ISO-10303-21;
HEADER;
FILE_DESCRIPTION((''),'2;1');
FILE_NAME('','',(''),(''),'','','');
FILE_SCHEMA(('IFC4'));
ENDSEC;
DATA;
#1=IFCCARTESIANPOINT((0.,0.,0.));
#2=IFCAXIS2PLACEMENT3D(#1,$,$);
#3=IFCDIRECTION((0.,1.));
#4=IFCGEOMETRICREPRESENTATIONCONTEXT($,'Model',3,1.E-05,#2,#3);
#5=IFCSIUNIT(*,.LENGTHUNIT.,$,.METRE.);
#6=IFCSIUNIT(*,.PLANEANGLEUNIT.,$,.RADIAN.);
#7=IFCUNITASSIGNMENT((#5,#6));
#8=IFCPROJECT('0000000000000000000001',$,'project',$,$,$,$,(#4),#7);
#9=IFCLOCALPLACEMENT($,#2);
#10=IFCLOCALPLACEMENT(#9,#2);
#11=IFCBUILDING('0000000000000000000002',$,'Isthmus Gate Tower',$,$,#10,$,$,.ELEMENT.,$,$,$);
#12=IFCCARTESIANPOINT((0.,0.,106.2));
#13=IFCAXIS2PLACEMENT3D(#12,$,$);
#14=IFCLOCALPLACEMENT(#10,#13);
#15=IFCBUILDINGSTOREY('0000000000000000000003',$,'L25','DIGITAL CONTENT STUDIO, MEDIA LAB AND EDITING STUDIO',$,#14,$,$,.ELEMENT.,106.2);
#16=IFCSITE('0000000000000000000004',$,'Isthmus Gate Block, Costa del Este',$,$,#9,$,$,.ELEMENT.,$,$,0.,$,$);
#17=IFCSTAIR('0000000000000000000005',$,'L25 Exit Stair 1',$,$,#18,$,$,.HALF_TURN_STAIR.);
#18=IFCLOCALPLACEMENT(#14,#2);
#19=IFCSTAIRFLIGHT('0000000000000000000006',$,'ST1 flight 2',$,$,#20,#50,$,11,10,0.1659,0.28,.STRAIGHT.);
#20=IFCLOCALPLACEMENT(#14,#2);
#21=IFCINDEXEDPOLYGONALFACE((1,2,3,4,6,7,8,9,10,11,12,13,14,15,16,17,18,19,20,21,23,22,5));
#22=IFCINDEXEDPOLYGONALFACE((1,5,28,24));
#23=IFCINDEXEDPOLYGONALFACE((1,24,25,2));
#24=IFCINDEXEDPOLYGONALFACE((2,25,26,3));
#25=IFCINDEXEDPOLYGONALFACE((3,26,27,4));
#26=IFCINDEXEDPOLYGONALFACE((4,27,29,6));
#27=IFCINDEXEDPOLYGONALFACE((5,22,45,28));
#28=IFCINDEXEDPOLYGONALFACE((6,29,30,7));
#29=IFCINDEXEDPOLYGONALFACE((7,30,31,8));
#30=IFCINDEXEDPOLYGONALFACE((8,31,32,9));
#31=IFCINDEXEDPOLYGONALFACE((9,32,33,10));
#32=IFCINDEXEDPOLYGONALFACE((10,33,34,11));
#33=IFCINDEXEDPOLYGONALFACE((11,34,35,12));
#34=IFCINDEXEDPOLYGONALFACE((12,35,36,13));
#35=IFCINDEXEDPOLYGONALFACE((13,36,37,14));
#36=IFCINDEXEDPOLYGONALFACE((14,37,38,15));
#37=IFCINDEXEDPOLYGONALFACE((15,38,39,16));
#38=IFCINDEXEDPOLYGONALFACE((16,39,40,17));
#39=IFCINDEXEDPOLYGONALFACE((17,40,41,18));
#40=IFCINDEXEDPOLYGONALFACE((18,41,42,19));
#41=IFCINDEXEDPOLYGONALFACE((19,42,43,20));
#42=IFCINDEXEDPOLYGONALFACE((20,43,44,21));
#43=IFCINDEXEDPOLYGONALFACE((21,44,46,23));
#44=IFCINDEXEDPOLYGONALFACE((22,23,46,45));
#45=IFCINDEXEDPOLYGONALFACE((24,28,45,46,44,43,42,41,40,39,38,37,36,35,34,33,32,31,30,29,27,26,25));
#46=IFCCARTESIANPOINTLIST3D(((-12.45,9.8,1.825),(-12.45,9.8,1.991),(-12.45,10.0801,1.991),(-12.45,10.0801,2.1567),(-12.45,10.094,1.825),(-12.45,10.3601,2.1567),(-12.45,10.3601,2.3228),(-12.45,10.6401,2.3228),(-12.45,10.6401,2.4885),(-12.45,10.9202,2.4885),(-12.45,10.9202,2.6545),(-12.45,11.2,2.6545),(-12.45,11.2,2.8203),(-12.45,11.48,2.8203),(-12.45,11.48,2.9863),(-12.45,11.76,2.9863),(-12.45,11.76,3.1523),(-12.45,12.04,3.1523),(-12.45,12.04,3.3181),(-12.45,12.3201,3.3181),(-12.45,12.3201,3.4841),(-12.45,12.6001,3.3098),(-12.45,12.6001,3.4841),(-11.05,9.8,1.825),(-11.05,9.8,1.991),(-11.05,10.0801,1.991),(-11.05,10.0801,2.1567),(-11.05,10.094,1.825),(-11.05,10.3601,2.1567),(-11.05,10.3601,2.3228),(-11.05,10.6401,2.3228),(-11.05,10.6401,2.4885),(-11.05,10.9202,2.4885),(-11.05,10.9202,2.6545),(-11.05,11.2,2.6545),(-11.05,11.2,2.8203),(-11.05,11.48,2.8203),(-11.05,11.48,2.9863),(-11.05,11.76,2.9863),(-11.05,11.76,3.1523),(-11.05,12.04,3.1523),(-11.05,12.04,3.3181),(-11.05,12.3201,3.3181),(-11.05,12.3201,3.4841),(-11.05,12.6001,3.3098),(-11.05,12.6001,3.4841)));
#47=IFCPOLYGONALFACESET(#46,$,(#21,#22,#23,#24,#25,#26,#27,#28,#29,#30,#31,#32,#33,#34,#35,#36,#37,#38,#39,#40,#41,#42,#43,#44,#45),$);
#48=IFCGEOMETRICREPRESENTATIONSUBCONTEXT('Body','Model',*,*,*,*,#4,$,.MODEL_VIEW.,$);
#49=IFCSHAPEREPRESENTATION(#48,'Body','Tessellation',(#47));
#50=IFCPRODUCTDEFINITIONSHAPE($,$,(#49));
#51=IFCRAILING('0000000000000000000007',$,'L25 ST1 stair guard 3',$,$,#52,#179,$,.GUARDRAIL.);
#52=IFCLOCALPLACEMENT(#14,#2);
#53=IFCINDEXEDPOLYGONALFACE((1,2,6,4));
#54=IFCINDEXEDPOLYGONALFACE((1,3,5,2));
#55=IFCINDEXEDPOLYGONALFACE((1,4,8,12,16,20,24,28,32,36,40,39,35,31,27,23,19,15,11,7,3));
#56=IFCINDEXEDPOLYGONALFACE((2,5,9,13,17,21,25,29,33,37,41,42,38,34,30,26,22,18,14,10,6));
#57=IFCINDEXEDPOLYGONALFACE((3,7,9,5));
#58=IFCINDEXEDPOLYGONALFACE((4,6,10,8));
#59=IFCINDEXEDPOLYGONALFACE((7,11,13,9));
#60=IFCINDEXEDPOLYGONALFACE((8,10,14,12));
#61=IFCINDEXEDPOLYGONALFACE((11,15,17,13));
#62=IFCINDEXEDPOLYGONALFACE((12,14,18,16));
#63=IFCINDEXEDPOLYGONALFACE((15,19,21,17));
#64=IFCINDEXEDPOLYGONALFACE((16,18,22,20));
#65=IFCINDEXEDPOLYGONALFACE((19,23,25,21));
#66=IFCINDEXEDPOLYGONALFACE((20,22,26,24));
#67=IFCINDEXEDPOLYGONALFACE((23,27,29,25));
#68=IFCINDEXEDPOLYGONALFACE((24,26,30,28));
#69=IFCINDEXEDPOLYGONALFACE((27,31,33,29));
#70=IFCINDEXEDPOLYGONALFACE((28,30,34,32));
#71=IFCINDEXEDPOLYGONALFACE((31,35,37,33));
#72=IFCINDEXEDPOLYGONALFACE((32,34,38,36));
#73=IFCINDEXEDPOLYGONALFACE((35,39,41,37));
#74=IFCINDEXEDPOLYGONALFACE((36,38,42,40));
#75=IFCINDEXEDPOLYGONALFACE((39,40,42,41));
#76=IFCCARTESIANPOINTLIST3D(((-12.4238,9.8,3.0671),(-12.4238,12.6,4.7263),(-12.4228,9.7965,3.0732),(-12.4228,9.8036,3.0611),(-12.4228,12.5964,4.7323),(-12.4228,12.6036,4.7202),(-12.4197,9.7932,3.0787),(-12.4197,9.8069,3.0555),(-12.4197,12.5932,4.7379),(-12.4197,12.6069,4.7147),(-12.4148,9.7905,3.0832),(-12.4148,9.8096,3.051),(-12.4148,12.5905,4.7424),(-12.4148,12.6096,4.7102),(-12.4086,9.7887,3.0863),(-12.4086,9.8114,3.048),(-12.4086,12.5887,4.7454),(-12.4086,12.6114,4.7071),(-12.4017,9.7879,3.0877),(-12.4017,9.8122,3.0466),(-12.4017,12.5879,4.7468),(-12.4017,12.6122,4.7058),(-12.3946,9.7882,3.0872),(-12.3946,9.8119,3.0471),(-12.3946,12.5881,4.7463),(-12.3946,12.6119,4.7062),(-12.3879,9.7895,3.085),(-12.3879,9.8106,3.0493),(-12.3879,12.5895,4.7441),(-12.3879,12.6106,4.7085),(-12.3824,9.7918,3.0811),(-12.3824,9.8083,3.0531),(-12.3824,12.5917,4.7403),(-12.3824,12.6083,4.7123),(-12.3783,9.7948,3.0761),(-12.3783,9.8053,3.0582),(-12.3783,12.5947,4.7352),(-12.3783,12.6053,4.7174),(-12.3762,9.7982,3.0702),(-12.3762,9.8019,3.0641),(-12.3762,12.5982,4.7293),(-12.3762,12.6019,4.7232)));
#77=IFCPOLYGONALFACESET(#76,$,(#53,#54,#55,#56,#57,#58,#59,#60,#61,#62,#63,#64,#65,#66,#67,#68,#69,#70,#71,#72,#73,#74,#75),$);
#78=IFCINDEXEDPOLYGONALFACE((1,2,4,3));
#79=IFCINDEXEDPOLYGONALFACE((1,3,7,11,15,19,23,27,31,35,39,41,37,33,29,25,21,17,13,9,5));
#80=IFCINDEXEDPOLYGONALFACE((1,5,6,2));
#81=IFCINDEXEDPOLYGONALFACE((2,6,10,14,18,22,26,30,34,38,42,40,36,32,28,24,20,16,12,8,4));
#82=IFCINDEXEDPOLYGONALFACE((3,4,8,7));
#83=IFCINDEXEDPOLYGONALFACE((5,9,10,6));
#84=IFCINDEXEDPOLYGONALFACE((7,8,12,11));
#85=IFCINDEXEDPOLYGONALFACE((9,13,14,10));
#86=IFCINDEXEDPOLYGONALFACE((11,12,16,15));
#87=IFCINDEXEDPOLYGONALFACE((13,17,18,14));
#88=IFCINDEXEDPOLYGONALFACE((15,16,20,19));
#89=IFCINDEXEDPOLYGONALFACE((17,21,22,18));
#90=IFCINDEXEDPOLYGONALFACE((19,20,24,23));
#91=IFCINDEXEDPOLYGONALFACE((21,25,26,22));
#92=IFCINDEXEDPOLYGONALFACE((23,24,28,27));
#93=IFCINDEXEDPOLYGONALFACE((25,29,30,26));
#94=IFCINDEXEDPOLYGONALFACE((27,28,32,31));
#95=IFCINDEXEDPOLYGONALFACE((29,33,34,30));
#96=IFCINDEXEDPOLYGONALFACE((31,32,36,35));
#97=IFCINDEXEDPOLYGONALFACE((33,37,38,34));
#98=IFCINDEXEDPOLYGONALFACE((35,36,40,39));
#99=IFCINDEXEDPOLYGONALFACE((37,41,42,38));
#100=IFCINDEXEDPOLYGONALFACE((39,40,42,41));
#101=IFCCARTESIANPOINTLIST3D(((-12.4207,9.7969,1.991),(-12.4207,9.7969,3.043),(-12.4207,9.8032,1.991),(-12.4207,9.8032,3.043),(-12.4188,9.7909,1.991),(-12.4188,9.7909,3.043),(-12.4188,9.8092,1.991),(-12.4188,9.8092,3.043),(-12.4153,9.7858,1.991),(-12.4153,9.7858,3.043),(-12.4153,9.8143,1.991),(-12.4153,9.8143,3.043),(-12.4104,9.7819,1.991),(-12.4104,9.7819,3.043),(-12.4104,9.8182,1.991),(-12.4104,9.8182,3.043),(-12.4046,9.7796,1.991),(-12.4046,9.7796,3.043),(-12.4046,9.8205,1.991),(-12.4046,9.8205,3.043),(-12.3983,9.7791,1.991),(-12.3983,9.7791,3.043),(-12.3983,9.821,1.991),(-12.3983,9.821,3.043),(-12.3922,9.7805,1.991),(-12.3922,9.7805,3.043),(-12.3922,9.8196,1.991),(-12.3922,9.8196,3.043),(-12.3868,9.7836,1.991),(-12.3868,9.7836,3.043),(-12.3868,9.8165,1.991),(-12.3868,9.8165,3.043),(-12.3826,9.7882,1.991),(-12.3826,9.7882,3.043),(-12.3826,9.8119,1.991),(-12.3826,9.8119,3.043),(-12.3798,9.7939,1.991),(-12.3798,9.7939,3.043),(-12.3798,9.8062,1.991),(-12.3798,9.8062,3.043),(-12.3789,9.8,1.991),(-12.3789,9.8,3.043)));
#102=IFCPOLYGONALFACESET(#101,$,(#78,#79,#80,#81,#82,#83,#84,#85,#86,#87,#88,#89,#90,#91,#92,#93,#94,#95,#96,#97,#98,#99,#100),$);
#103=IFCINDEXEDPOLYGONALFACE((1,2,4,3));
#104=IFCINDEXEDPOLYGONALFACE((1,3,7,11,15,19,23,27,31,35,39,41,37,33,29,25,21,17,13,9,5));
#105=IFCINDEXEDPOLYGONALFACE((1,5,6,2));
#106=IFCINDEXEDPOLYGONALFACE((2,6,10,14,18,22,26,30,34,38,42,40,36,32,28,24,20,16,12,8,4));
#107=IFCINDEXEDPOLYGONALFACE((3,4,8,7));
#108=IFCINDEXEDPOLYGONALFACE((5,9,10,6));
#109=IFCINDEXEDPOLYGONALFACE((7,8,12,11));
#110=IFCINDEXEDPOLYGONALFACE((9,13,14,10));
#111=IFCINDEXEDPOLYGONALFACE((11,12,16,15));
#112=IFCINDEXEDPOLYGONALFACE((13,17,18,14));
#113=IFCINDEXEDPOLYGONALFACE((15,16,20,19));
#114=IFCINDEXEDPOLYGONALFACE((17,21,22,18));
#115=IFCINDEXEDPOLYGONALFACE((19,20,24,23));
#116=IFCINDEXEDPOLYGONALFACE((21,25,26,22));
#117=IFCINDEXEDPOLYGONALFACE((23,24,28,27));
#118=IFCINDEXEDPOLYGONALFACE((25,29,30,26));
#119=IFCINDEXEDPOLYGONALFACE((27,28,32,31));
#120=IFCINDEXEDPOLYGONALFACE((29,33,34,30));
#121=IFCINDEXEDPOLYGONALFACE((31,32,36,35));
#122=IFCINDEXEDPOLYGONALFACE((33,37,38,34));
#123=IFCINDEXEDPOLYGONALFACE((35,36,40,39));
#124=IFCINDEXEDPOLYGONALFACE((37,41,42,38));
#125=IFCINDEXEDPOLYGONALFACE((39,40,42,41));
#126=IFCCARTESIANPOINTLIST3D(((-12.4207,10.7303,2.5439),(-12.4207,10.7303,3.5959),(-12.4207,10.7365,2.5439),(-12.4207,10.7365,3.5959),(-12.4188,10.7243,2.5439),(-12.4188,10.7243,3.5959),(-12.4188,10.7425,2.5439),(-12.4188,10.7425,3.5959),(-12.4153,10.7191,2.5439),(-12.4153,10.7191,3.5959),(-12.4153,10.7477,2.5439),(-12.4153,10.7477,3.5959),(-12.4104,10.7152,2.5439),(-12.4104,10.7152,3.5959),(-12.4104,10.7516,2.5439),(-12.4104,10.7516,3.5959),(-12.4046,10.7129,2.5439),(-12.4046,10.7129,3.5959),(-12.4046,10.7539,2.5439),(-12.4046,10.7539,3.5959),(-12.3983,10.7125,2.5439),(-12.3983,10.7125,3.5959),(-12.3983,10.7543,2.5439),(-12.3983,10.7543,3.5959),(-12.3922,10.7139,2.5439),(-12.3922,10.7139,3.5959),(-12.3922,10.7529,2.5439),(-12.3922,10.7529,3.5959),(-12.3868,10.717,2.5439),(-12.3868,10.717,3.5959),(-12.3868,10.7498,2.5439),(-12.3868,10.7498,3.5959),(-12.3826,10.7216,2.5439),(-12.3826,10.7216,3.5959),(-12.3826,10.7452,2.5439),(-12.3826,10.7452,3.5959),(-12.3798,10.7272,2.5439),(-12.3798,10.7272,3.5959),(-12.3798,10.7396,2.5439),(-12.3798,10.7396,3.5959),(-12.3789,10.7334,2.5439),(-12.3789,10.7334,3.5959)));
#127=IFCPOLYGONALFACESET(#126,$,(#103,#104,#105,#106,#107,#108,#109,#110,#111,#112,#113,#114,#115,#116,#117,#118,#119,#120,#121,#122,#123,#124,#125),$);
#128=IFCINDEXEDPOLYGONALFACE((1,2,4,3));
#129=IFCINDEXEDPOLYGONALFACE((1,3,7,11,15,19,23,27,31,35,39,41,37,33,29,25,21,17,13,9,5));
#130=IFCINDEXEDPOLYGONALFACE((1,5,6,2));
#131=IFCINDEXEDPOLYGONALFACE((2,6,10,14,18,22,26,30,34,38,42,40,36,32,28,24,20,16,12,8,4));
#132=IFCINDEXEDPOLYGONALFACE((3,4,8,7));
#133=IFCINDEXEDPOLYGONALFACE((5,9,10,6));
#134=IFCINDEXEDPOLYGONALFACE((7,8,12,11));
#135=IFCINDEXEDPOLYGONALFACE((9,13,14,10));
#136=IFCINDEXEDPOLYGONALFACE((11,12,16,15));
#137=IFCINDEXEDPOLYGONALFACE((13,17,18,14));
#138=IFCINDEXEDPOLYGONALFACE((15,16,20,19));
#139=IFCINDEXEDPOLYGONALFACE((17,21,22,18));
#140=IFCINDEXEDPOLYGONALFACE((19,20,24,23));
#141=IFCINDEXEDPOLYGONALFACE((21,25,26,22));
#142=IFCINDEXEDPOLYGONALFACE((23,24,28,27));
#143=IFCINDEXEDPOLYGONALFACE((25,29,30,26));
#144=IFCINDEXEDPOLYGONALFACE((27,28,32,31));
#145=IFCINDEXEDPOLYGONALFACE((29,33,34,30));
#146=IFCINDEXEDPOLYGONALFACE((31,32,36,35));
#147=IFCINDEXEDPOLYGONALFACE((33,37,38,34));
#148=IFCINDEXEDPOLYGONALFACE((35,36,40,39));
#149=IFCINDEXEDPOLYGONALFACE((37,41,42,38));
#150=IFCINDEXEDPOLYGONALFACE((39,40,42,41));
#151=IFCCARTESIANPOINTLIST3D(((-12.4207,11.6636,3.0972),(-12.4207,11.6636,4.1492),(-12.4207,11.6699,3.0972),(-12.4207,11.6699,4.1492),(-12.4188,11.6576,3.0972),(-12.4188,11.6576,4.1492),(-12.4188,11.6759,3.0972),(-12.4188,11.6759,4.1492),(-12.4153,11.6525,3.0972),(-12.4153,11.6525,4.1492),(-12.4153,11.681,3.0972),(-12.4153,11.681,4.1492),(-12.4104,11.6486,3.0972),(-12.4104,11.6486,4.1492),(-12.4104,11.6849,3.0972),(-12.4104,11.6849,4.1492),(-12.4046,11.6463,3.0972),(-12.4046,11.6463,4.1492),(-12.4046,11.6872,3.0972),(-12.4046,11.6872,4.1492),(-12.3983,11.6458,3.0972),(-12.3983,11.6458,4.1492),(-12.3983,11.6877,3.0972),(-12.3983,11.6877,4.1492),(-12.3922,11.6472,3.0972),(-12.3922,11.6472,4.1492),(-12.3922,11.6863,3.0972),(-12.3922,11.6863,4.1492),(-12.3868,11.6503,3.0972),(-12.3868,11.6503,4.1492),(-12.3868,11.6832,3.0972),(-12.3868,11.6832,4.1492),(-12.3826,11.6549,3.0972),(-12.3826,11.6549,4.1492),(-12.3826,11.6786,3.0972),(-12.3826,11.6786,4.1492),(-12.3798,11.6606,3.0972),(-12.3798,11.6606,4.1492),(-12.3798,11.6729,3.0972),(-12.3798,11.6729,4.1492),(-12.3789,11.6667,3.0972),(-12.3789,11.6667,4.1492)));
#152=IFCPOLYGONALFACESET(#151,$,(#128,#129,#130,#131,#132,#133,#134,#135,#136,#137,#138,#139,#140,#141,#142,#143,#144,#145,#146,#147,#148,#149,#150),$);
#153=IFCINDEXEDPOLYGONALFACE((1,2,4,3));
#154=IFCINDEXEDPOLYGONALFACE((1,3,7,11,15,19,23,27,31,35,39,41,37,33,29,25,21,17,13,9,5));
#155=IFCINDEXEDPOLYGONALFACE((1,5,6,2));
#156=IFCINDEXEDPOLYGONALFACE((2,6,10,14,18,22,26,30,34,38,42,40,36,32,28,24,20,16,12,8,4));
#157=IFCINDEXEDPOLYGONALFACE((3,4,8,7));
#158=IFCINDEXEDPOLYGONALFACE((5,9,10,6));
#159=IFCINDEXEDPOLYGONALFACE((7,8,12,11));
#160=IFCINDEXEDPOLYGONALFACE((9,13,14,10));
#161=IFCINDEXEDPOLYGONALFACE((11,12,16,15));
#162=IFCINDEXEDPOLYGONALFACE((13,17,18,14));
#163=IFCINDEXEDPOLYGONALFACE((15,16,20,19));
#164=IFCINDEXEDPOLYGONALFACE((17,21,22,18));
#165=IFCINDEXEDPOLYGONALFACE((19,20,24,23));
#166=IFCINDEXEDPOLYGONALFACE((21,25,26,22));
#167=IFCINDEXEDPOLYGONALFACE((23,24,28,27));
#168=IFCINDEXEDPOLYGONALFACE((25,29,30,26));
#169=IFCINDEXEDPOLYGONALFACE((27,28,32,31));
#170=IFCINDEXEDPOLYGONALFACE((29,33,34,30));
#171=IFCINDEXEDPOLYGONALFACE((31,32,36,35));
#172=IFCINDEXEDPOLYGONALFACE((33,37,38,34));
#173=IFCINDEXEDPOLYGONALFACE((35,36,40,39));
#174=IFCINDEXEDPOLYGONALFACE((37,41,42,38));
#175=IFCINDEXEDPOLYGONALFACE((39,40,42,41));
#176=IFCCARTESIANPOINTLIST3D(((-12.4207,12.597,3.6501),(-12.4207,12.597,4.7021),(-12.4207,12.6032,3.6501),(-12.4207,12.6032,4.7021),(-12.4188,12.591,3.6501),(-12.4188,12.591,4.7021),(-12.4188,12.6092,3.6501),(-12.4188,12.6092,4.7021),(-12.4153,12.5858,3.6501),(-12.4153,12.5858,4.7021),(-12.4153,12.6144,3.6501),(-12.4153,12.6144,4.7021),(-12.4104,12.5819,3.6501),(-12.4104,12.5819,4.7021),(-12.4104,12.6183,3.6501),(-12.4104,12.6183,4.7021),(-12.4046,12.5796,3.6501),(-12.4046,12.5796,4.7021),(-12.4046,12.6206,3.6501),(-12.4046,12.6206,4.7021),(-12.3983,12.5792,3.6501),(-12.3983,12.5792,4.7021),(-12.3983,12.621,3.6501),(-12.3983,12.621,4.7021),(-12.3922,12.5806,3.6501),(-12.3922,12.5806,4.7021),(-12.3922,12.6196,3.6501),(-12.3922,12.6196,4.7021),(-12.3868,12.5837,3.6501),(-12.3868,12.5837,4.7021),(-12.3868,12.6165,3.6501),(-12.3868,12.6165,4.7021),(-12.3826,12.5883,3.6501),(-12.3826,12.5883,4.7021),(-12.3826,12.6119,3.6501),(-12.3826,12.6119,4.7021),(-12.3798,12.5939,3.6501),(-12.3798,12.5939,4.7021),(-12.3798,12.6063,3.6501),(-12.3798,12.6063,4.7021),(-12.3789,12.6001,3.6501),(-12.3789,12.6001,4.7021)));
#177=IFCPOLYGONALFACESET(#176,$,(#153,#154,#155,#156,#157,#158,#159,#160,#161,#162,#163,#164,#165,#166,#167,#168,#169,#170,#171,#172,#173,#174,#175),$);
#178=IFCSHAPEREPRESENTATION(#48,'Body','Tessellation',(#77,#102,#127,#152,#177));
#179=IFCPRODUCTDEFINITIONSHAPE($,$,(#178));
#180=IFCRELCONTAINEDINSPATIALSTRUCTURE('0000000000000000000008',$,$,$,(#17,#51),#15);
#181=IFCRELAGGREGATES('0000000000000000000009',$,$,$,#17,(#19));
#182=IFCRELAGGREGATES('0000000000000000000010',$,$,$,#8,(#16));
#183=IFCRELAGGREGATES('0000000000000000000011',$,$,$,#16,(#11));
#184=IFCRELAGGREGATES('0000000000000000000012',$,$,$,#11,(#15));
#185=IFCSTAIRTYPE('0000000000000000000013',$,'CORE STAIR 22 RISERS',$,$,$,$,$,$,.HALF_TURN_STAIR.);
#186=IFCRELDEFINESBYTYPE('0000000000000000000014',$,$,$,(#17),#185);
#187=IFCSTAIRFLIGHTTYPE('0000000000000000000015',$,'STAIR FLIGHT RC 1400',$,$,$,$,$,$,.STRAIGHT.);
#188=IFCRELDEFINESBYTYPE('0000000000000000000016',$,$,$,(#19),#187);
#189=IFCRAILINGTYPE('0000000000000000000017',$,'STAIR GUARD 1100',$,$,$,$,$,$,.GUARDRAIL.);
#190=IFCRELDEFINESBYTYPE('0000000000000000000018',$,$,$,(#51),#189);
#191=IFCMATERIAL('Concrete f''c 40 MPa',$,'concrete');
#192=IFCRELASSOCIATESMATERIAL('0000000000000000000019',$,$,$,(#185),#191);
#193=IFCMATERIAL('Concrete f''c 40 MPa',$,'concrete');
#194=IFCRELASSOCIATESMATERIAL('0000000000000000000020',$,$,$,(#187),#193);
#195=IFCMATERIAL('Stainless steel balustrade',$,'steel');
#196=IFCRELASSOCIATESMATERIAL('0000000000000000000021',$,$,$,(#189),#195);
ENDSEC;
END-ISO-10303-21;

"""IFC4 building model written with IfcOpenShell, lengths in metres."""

from ifc_helpers import new_model, si_unit, direction, frame, origin, origin_2d, place, context, subcontext, project, spatial, polyline, circle, outline, extrude, material, type_object, element, aggregate, save


model = new_model("IFC4")

# Units and contexts
model_context = context("Model", 3, precision=1e-05, world=origin(), true_north=direction((0.0, 1.0)))
body_context = subcontext(model_context, "Body", "Model", "MODEL_VIEW")
ifc_project = project(units=[si_unit("LENGTHUNIT", "METRE"), si_unit("PLANEANGLEUNIT", "RADIAN")], contexts=[model_context])

# Site, building, storey
site_placement = place(None, origin())
site = spatial("IfcSite", under=ifc_project, at=site_placement, Name="Isthmus Gate Block, Costa del Este", CompositionType="ELEMENT", RefElevation=0.0)
building_placement = place(site_placement, origin())
building = spatial("IfcBuilding", under=site, at=building_placement, Name="Isthmus Gate Tower", CompositionType="ELEMENT")
storey_placement = place(building_placement, frame((0.0, 0.0, 106.2)))
storey = spatial("IfcBuildingStorey", under=building, at=storey_placement, Name="L25", Description="DIGITAL CONTENT STUDIO, MEDIA LAB AND EDITING STUDIO", CompositionType="ELEMENT", Elevation=106.2)

# Stair, stair flight
ifc_material_1 = material(Name="Concrete f'c 40 MPa", Category="concrete")
stair_type = type_object("IfcStairType", Name="CORE STAIR 22 RISERS", PredefinedType="HALF_TURN_STAIR", material=ifc_material_1)
stair_placement = place(storey_placement, origin())
stair = element("IfcStair", 1, at=stair_placement, inside=storey, type_object=stair_type, Name="L25 Exit Stair 1", PredefinedType="HALF_TURN_STAIR")
ifc_material_2 = material(Name="Concrete f'c 40 MPa", Category="concrete")
stair_flight_type = type_object("IfcStairFlightType", Name="STAIR FLIGHT RC 1400", PredefinedType="STRAIGHT", material=ifc_material_2)
stair_flight_placement = place(storey_placement, frame((-11.75, 9.8, 1.825), z_axis=(0.0, 0.0, 1.0), x_axis=(0.0, 1.0, 0.0)))
stair_flight = element("IfcStairFlight", 2, at=stair_flight_placement, type_object=stair_flight_type, Name="ST1 flight 2", NumberOfRisers=11, NumberOfTreads=10, PredefinedType="STRAIGHT", RiserHeight=0.1659, TreadLength=0.28, context=body_context, shape_type="SweptSolid", body=[
    extrude(outline(polyline([(0.0, 0.0), (0.0, 0.166), (0.28, 0.166), (0.28, 0.3318), (0.5601, 0.3318), (0.5601, 0.4978), (0.8401, 0.4978), (0.8401, 0.6636), (1.1201, 0.6636), (1.1201, 0.8296), (1.3999, 0.8296), (1.3999, 0.9954), (1.6799, 0.9954), (1.6799, 1.1614), (1.96, 1.1614), (1.96, 1.3274), (2.24, 1.3274), (2.24, 1.4932), (2.52, 1.4932), (2.52, 1.6592), (2.8, 1.6592), (2.8, 1.825), (2.8, 1.4849), (0.2939, 0.0), (0.0, 0.0)])), frame((0.0, 0.7, 0.0), z_axis=(0.0, -1.0, 0.0), x_axis=(1.0, 0.0, 0.0)), (0.0, 0.0, 1.0), 1.3999),
])
aggregate(stair, [stair_flight])

# Railing
ifc_material_3 = material(Name="Stainless steel balustrade", Category="steel")
railing_type_1 = type_object("IfcRailingType", Name="STAIR GUARD 1100", PredefinedType="GUARDRAIL", material=ifc_material_3)
railing_1_placement = place(storey_placement, frame((-12.3999, 9.8, 1.991)))
element("IfcRailing", 3, at=railing_1_placement, inside=storey, type_object=railing_type_1, Name="L25 ST1 stair guard 3", PredefinedType="GUARDRAIL", context=body_context, shape_type="SweptSolid", body=[
    extrude(circle(Radius=0.0239, at=origin_2d()), frame((0.0, 0.0, 1.0762), z_axis=(0.0, 0.860306, 0.509778), x_axis=(-1.0, 0.0, 0.0)), (0.0, 0.0, 1.0), 3.2546),
    extrude(circle(Radius=0.021, at=origin_2d()), origin(), (0.0, 0.0, 1.0), 1.052),
    extrude(circle(Radius=0.021, at=origin_2d()), frame((0.0, 0.9333, 0.553)), (0.0, 0.0, 1.0), 1.052),
    extrude(circle(Radius=0.021, at=origin_2d()), frame((0.0, 1.8667, 1.1062)), (0.0, 0.0, 1.0), 1.052),
    extrude(circle(Radius=0.021, at=origin_2d()), frame((0.0, 2.8, 1.6592)), (0.0, 0.0, 1.0), 1.052),
])

save(model, "model.ifc")
